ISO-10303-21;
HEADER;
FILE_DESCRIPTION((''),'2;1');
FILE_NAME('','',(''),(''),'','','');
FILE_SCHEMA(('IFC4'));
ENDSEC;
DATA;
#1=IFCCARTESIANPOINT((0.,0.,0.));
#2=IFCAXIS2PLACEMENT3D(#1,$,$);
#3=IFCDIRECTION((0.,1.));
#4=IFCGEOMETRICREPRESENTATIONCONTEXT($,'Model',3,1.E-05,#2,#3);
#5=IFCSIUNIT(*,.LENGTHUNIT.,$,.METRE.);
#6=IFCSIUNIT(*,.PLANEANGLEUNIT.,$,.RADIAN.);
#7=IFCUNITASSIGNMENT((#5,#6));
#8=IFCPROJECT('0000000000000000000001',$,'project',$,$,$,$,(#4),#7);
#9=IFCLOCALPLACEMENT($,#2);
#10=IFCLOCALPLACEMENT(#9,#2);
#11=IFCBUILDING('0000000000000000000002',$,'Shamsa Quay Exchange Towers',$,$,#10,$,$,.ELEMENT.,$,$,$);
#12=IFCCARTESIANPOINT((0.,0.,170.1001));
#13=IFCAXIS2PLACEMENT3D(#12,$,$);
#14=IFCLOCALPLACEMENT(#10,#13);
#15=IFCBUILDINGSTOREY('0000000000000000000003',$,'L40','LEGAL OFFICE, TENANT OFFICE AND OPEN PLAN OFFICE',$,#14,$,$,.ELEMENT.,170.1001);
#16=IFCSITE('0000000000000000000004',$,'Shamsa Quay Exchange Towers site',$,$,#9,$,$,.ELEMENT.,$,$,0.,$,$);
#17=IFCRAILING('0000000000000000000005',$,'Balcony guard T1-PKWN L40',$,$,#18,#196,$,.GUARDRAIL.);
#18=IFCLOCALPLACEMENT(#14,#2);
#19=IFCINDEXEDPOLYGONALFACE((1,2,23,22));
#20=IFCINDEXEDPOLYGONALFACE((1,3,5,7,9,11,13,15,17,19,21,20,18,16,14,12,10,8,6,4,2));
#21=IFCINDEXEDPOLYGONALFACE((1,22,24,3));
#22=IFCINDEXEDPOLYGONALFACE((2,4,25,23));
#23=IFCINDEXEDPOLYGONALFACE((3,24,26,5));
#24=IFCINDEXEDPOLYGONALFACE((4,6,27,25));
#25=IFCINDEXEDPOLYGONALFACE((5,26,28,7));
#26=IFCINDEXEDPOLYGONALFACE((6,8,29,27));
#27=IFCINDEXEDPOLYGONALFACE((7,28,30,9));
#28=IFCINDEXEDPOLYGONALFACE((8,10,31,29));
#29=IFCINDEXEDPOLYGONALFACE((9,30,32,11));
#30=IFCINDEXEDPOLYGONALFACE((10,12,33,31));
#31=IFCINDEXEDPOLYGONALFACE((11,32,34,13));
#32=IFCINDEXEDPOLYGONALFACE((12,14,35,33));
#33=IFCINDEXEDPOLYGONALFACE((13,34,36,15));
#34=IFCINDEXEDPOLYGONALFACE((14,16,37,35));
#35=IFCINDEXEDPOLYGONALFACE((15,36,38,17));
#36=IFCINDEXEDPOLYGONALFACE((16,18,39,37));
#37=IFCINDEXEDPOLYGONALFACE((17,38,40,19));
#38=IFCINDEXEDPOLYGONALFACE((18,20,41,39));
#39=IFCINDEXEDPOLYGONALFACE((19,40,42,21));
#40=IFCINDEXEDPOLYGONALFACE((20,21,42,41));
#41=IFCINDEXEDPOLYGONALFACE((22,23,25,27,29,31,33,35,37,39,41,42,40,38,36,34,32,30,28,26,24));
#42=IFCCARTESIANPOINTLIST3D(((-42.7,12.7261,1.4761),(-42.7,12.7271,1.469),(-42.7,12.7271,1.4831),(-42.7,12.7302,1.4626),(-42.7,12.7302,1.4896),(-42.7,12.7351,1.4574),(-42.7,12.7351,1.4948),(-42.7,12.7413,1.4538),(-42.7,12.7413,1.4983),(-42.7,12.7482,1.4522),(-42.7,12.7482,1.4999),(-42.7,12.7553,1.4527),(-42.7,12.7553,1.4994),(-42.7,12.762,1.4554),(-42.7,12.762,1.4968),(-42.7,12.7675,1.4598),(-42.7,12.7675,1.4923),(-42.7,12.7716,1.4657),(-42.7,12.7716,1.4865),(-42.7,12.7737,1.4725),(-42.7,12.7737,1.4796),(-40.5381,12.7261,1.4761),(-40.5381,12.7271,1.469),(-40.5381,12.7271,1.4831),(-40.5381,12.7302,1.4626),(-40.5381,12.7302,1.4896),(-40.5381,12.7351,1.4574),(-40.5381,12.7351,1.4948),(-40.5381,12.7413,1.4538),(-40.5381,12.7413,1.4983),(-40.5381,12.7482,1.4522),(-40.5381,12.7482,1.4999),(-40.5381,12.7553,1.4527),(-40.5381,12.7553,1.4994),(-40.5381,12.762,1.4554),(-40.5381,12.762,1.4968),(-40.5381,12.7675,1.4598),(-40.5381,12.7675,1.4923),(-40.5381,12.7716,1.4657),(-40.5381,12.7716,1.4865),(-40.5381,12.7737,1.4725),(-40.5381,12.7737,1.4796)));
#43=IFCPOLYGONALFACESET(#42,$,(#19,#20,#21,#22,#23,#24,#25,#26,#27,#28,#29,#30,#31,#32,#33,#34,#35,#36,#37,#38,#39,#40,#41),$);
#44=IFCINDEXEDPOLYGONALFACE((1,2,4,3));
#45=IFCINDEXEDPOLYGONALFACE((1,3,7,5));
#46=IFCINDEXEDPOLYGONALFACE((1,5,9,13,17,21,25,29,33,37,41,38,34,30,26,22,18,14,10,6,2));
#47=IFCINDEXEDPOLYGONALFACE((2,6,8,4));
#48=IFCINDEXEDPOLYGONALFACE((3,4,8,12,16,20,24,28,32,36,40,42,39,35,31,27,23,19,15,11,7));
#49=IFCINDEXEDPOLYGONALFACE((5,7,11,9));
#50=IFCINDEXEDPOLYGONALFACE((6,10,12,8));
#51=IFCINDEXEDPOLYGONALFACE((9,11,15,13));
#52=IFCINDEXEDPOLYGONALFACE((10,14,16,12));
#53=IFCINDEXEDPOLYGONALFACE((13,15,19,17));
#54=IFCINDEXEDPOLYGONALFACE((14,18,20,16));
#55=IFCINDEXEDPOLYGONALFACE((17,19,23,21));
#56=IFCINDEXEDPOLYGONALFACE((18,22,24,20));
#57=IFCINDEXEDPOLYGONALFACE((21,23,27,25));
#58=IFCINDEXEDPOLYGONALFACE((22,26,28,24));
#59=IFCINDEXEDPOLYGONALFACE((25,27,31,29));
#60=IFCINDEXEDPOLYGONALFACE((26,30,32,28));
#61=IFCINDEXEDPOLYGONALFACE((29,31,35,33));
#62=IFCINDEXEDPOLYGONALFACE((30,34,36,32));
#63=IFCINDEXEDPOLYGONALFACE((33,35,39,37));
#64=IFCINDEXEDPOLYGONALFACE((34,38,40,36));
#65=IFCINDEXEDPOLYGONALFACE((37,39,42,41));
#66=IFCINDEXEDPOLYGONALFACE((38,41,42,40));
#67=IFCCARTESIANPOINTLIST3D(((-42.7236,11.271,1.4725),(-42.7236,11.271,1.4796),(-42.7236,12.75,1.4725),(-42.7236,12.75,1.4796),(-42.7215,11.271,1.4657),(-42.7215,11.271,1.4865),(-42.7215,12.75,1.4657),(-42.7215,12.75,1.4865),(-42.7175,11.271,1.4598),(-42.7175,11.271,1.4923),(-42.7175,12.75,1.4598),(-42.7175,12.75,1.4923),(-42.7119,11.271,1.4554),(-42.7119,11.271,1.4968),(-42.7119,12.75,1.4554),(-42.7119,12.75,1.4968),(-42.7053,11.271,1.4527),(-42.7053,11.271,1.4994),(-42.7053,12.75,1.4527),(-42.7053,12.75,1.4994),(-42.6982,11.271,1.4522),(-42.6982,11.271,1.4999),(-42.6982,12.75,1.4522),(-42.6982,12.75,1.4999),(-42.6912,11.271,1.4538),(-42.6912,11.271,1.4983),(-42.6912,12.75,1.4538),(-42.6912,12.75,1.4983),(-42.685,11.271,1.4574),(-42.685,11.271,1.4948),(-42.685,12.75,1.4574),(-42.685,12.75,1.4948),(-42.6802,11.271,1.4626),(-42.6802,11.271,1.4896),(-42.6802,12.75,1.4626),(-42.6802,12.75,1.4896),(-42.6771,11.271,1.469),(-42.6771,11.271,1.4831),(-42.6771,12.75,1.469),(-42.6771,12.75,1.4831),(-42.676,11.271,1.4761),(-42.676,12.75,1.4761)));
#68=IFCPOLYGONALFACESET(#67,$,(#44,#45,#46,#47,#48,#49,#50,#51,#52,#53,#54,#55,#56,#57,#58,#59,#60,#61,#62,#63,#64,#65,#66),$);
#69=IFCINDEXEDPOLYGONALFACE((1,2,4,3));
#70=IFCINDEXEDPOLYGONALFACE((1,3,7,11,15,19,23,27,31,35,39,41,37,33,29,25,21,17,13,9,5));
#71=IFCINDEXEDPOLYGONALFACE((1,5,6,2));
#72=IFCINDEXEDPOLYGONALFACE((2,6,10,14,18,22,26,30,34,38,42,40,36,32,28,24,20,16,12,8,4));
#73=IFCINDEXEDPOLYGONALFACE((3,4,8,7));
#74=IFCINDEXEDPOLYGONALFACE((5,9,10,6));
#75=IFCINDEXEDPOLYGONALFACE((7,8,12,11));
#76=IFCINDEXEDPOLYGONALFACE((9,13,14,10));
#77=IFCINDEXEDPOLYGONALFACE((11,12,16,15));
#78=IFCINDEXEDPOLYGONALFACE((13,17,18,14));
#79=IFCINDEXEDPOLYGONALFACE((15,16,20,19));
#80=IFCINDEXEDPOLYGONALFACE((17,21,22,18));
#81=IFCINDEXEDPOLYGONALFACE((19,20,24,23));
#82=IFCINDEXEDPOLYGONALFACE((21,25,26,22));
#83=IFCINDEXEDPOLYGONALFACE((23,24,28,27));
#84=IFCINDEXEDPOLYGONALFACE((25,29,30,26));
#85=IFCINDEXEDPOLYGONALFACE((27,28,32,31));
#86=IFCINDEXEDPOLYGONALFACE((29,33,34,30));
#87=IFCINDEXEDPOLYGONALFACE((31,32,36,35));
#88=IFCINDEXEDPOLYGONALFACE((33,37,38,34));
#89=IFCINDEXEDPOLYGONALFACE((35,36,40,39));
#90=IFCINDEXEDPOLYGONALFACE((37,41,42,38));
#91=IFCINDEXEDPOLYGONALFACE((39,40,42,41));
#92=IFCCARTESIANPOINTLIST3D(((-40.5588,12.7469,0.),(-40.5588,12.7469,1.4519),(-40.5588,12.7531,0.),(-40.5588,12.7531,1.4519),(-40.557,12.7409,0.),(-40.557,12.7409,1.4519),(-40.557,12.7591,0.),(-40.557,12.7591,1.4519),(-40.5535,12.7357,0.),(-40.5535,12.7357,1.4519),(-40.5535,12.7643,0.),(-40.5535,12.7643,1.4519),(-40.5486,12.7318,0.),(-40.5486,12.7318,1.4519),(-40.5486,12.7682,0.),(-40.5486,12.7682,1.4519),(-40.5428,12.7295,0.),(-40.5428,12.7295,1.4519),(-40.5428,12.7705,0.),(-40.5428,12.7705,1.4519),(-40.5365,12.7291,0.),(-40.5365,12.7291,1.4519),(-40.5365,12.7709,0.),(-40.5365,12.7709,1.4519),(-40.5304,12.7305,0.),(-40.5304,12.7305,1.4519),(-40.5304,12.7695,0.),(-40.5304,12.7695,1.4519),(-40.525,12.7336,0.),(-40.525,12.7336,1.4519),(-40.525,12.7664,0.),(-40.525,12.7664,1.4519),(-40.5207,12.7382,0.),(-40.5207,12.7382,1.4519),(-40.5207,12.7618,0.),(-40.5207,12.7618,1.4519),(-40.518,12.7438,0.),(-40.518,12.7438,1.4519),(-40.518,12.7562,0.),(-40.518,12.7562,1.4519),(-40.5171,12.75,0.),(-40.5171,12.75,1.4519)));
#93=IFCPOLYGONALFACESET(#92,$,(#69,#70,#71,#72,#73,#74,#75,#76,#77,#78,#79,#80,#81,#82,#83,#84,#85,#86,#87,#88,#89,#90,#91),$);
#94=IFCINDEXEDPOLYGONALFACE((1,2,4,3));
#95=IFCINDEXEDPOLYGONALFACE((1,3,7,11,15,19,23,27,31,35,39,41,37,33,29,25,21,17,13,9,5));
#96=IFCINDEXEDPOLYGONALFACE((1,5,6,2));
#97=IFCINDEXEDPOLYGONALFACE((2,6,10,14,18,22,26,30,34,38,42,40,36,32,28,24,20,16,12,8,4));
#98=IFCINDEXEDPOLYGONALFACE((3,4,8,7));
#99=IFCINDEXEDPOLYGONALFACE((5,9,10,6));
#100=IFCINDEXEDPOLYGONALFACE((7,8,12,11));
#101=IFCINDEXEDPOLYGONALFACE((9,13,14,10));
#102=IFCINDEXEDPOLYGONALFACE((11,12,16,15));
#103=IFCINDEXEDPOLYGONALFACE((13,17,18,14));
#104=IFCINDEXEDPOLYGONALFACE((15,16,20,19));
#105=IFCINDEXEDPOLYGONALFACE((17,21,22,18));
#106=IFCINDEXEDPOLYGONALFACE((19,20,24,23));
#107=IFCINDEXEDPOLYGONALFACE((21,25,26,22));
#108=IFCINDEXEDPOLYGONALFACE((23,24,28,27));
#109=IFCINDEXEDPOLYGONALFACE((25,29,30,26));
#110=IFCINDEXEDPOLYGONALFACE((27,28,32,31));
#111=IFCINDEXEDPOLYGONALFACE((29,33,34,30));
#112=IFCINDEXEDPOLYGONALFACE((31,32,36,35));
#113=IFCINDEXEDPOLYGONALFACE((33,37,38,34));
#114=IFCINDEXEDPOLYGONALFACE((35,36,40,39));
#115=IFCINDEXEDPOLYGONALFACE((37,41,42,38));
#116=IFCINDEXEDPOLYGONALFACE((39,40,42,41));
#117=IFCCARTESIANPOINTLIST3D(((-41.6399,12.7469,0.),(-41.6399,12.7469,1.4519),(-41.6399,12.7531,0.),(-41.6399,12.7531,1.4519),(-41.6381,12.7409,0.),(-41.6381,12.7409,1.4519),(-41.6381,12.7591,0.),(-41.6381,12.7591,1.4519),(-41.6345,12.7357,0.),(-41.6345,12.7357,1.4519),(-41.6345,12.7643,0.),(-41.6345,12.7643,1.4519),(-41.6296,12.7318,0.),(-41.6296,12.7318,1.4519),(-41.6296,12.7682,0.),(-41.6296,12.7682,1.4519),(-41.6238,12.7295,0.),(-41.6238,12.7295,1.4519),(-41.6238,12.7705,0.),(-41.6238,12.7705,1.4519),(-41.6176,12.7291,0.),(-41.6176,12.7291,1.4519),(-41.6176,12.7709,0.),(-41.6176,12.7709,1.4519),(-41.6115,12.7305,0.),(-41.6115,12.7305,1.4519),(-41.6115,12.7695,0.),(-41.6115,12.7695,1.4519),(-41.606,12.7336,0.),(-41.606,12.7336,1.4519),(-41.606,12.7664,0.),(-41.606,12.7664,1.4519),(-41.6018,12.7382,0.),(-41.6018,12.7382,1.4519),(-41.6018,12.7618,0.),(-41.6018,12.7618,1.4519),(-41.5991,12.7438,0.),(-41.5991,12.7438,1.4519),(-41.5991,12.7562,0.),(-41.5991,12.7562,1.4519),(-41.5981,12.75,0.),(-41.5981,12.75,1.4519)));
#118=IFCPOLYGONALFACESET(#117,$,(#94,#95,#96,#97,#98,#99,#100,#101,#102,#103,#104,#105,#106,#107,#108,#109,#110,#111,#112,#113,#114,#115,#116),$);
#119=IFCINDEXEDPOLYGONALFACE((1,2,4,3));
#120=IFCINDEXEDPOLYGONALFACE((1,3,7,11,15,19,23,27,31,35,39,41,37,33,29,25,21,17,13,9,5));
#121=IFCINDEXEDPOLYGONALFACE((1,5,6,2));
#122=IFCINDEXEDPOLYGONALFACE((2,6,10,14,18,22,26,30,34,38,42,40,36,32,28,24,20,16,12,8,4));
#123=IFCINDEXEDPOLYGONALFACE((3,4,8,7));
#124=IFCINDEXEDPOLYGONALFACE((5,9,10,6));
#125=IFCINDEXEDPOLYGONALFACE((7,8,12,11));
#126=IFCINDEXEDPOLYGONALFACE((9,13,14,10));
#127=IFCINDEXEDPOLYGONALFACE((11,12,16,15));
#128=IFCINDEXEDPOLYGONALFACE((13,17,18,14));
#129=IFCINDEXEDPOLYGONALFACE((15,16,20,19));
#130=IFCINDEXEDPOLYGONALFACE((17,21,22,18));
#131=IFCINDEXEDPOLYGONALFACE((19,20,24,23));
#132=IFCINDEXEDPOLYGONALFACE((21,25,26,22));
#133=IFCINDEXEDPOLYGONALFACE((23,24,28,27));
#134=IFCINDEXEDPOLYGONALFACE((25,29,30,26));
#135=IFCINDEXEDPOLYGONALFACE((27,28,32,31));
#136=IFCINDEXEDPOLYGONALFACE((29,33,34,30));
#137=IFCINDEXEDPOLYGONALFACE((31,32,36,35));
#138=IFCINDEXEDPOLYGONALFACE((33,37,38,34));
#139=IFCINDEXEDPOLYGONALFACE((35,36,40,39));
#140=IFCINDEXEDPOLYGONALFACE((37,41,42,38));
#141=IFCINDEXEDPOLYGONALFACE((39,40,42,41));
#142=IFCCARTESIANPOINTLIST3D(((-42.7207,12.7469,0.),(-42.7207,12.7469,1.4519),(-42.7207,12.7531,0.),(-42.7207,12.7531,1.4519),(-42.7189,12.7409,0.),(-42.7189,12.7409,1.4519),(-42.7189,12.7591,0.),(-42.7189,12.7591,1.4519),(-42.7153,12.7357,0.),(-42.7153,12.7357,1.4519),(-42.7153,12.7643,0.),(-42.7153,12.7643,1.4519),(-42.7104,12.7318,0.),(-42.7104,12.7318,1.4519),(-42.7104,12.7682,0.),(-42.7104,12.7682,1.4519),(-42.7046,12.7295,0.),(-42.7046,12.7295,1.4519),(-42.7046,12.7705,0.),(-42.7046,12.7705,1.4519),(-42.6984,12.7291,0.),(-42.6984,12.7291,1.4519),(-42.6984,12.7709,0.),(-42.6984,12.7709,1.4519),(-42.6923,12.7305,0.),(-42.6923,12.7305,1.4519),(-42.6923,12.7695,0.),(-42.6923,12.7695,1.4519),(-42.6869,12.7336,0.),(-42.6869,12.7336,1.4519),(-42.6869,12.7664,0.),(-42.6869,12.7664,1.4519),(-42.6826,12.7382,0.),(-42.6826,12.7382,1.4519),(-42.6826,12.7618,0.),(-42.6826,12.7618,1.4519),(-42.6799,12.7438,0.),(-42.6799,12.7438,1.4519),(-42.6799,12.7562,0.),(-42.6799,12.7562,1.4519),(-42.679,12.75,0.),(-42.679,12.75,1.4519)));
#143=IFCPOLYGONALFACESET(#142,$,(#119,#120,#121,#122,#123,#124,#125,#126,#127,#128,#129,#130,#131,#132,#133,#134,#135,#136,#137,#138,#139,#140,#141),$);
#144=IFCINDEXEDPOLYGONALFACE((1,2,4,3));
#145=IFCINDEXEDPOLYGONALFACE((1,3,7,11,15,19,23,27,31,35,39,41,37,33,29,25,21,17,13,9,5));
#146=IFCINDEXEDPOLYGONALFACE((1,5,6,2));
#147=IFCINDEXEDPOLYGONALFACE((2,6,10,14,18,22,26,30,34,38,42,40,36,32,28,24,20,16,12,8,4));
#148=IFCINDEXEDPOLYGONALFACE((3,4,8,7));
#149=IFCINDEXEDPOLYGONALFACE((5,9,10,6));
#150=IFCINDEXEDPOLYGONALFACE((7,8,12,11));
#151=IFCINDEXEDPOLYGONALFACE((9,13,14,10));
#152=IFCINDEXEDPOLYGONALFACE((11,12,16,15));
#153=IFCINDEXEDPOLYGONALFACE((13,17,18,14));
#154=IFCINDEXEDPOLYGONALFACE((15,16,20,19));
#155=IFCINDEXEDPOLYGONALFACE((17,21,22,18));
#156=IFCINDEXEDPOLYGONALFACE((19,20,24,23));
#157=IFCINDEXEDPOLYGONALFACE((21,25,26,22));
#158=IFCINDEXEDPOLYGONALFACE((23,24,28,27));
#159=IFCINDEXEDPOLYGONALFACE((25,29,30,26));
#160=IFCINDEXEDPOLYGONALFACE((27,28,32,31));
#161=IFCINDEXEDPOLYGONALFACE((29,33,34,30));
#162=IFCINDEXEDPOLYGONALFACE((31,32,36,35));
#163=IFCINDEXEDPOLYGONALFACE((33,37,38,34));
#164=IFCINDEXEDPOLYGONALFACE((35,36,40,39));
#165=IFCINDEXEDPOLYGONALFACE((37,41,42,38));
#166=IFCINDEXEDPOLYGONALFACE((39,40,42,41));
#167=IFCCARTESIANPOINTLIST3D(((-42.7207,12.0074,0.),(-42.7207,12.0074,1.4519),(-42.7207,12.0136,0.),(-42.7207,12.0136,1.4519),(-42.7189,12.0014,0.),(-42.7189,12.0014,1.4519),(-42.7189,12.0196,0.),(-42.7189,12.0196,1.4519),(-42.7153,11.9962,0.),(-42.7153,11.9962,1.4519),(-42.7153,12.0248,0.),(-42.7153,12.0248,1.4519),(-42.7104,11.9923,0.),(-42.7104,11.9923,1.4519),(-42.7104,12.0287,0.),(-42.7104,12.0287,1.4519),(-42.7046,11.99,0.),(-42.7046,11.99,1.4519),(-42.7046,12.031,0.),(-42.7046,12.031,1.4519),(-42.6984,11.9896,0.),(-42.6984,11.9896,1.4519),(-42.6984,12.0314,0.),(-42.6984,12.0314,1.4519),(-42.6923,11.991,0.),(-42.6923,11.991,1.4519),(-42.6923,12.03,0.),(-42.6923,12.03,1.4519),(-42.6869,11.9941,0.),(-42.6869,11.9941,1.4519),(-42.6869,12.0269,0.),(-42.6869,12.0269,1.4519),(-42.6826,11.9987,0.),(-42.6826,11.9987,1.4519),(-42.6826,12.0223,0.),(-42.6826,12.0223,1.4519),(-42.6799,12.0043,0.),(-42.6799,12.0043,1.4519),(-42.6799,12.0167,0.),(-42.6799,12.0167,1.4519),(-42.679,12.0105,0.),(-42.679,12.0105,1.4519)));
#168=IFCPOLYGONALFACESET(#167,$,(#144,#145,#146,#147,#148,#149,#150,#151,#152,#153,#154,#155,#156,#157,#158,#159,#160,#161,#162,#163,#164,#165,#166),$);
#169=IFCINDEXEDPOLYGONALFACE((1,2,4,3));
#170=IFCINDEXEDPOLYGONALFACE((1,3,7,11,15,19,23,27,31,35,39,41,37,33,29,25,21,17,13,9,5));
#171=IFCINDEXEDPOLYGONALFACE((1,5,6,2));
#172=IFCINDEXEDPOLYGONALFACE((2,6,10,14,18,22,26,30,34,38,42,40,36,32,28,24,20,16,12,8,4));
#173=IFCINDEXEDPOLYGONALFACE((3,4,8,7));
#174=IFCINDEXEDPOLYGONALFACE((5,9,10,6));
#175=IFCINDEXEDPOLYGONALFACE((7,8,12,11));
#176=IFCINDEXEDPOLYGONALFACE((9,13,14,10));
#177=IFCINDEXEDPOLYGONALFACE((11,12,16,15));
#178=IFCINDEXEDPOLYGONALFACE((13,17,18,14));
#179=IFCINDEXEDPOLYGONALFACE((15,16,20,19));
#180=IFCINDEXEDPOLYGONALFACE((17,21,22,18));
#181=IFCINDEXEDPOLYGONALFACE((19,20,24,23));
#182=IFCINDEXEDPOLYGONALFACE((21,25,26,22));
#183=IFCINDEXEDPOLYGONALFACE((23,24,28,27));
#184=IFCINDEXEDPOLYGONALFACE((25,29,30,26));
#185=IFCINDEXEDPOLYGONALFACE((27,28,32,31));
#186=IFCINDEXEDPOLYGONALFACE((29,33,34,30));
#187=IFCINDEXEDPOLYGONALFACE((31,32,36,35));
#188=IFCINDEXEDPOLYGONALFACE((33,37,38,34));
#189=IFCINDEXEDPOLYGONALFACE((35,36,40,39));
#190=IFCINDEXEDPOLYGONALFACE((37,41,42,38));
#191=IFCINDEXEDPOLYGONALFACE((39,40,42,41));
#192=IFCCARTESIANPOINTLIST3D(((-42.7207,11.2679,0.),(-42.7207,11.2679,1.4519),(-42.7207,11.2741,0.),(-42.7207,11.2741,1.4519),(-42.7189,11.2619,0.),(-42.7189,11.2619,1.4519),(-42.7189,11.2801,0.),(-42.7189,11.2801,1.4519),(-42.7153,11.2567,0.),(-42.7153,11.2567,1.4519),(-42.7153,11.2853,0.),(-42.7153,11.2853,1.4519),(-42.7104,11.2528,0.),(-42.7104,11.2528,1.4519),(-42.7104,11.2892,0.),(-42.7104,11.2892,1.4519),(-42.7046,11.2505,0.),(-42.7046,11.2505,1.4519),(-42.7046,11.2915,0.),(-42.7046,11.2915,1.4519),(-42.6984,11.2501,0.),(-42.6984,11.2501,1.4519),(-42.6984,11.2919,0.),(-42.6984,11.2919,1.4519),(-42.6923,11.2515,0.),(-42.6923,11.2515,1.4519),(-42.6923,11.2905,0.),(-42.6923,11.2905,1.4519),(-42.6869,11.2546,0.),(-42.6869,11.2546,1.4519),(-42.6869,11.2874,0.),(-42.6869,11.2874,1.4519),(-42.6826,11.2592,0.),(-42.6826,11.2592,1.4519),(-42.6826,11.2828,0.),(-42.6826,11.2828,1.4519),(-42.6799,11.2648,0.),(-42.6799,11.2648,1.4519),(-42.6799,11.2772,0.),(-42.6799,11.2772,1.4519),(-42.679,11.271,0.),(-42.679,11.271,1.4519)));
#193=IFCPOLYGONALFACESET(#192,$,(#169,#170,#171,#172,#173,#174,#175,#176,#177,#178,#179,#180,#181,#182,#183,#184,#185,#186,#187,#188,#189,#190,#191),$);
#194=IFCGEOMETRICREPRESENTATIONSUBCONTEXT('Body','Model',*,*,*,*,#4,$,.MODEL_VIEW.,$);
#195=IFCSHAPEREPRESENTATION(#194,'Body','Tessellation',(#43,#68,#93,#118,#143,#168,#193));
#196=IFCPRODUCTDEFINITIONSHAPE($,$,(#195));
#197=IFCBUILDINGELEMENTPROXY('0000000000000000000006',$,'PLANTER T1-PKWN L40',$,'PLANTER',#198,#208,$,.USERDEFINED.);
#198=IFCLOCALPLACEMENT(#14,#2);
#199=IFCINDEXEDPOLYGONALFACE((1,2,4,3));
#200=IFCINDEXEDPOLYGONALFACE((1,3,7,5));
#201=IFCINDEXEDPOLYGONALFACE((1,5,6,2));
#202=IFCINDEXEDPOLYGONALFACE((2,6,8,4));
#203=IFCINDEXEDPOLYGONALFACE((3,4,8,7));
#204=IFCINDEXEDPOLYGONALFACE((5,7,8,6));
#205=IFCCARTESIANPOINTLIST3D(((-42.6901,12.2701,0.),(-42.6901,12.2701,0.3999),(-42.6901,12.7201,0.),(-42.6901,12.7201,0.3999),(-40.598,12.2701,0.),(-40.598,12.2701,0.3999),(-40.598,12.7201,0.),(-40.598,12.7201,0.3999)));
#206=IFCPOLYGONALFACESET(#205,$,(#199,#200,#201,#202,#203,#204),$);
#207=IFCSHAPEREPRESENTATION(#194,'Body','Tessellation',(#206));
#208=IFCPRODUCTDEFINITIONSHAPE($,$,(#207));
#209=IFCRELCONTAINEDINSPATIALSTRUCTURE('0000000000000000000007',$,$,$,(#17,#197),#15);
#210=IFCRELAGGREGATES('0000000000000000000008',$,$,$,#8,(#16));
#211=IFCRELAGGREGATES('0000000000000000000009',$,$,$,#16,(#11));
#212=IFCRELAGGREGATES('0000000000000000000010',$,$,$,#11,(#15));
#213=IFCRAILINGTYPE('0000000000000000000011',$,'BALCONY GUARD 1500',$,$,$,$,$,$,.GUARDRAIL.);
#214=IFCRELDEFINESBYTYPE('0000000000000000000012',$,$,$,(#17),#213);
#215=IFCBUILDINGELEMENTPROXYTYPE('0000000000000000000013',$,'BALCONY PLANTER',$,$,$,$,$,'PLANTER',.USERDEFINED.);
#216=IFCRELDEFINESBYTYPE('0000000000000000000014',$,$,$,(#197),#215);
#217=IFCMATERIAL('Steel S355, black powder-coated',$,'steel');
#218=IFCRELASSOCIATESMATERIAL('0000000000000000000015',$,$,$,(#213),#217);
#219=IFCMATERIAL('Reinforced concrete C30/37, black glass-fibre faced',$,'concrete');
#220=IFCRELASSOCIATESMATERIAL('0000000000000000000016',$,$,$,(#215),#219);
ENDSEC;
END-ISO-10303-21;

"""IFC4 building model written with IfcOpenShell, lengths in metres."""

from ifc_helpers import new_model, si_unit, direction, frame, origin, origin_2d, place, context, subcontext, project, spatial, rectangle, circle, extrude, material, type_object, element, save


model = new_model("IFC4")

# Units and contexts
model_context = context("Model", 3, precision=1e-05, world=origin(), true_north=direction((0.0, 1.0)))
body_context = subcontext(model_context, "Body", "Model", "MODEL_VIEW")
ifc_project = project(units=[si_unit("LENGTHUNIT", "METRE"), si_unit("PLANEANGLEUNIT", "RADIAN")], contexts=[model_context])

# Site, building, storey
site_placement = place(None, origin())
site = spatial("IfcSite", under=ifc_project, at=site_placement, Name="Shamsa Quay Exchange Towers site", CompositionType="ELEMENT", RefElevation=0.0)
building_placement = place(site_placement, origin())
building = spatial("IfcBuilding", under=site, at=building_placement, Name="Shamsa Quay Exchange Towers", CompositionType="ELEMENT")
storey_placement = place(building_placement, frame((0.0, 0.0, 170.1001)))
storey = spatial("IfcBuildingStorey", under=building, at=storey_placement, Name="L40", Description="LEGAL OFFICE, TENANT OFFICE AND OPEN PLAN OFFICE", CompositionType="ELEMENT", Elevation=170.1001)

# Railing
ifc_material_1 = material(Name="Steel S355, black powder-coated", Category="steel")
railing_type_1 = type_object("IfcRailingType", Name="BALCONY GUARD 1500", PredefinedType="GUARDRAIL", material=ifc_material_1)
railing_1_placement = place(storey_placement, frame((-40.5381, 12.75, 0.0)))
element("IfcRailing", 1, at=railing_1_placement, inside=storey, type_object=railing_type_1, Name="Balcony guard T1-PKWN L40", PredefinedType="GUARDRAIL", context=body_context, shape_type="SweptSolid", body=[
    extrude(circle(Radius=0.0239, at=origin_2d()), frame((0.0, 0.0, 1.4761), z_axis=(-1.0, 0.0, 0.0), x_axis=(0.0, -1.0, 0.0)), (0.0, 0.0, 1.0), 2.1619),
    extrude(circle(Radius=0.0239, at=origin_2d()), frame((-2.1619, 0.0, 1.4761), z_axis=(0.0, -1.0, 0.0), x_axis=(1.0, 0.0, 0.0)), (0.0, 0.0, 1.0), 1.479),
    extrude(circle(Radius=0.021, at=origin_2d()), origin(), (0.0, 0.0, 1.0), 1.4519),
    extrude(circle(Radius=0.021, at=origin_2d()), frame((-1.0811, 0.0, 0.0)), (0.0, 0.0, 1.0), 1.4519),
    extrude(circle(Radius=0.021, at=origin_2d()), frame((-2.1619, 0.0, 0.0)), (0.0, 0.0, 1.0), 1.4519),
    extrude(circle(Radius=0.021, at=origin_2d()), frame((-2.1619, -0.7395, 0.0)), (0.0, 0.0, 1.0), 1.4519),
    extrude(circle(Radius=0.021, at=origin_2d()), frame((-2.1619, -1.479, 0.0)), (0.0, 0.0, 1.0), 1.4519),
])

# Building element proxy
ifc_material_2 = material(Name="Reinforced concrete C30/37, black glass-fibre faced", Category="concrete")
building_element_proxy_type = type_object("IfcBuildingElementProxyType", Name="BALCONY PLANTER", ElementType="PLANTER", PredefinedType="USERDEFINED", material=ifc_material_2)
proxy_placement = place(storey_placement, frame((-41.644, 12.4951, 0.0), z_axis=(0.0, 0.0, 1.0), x_axis=(-1.0, 0.0, 0.0)))
element("IfcBuildingElementProxy", 2, at=proxy_placement, inside=storey, type_object=building_element_proxy_type, Name="PLANTER T1-PKWN L40", ObjectType="PLANTER", PredefinedType="USERDEFINED", context=body_context, shape_type="SweptSolid", body=[
    extrude(rectangle(XDim=2.092, YDim=0.45, at=origin_2d()), origin(), (0.0, 0.0, 1.0), 0.3999),
])

save(model, "model.ifc")
